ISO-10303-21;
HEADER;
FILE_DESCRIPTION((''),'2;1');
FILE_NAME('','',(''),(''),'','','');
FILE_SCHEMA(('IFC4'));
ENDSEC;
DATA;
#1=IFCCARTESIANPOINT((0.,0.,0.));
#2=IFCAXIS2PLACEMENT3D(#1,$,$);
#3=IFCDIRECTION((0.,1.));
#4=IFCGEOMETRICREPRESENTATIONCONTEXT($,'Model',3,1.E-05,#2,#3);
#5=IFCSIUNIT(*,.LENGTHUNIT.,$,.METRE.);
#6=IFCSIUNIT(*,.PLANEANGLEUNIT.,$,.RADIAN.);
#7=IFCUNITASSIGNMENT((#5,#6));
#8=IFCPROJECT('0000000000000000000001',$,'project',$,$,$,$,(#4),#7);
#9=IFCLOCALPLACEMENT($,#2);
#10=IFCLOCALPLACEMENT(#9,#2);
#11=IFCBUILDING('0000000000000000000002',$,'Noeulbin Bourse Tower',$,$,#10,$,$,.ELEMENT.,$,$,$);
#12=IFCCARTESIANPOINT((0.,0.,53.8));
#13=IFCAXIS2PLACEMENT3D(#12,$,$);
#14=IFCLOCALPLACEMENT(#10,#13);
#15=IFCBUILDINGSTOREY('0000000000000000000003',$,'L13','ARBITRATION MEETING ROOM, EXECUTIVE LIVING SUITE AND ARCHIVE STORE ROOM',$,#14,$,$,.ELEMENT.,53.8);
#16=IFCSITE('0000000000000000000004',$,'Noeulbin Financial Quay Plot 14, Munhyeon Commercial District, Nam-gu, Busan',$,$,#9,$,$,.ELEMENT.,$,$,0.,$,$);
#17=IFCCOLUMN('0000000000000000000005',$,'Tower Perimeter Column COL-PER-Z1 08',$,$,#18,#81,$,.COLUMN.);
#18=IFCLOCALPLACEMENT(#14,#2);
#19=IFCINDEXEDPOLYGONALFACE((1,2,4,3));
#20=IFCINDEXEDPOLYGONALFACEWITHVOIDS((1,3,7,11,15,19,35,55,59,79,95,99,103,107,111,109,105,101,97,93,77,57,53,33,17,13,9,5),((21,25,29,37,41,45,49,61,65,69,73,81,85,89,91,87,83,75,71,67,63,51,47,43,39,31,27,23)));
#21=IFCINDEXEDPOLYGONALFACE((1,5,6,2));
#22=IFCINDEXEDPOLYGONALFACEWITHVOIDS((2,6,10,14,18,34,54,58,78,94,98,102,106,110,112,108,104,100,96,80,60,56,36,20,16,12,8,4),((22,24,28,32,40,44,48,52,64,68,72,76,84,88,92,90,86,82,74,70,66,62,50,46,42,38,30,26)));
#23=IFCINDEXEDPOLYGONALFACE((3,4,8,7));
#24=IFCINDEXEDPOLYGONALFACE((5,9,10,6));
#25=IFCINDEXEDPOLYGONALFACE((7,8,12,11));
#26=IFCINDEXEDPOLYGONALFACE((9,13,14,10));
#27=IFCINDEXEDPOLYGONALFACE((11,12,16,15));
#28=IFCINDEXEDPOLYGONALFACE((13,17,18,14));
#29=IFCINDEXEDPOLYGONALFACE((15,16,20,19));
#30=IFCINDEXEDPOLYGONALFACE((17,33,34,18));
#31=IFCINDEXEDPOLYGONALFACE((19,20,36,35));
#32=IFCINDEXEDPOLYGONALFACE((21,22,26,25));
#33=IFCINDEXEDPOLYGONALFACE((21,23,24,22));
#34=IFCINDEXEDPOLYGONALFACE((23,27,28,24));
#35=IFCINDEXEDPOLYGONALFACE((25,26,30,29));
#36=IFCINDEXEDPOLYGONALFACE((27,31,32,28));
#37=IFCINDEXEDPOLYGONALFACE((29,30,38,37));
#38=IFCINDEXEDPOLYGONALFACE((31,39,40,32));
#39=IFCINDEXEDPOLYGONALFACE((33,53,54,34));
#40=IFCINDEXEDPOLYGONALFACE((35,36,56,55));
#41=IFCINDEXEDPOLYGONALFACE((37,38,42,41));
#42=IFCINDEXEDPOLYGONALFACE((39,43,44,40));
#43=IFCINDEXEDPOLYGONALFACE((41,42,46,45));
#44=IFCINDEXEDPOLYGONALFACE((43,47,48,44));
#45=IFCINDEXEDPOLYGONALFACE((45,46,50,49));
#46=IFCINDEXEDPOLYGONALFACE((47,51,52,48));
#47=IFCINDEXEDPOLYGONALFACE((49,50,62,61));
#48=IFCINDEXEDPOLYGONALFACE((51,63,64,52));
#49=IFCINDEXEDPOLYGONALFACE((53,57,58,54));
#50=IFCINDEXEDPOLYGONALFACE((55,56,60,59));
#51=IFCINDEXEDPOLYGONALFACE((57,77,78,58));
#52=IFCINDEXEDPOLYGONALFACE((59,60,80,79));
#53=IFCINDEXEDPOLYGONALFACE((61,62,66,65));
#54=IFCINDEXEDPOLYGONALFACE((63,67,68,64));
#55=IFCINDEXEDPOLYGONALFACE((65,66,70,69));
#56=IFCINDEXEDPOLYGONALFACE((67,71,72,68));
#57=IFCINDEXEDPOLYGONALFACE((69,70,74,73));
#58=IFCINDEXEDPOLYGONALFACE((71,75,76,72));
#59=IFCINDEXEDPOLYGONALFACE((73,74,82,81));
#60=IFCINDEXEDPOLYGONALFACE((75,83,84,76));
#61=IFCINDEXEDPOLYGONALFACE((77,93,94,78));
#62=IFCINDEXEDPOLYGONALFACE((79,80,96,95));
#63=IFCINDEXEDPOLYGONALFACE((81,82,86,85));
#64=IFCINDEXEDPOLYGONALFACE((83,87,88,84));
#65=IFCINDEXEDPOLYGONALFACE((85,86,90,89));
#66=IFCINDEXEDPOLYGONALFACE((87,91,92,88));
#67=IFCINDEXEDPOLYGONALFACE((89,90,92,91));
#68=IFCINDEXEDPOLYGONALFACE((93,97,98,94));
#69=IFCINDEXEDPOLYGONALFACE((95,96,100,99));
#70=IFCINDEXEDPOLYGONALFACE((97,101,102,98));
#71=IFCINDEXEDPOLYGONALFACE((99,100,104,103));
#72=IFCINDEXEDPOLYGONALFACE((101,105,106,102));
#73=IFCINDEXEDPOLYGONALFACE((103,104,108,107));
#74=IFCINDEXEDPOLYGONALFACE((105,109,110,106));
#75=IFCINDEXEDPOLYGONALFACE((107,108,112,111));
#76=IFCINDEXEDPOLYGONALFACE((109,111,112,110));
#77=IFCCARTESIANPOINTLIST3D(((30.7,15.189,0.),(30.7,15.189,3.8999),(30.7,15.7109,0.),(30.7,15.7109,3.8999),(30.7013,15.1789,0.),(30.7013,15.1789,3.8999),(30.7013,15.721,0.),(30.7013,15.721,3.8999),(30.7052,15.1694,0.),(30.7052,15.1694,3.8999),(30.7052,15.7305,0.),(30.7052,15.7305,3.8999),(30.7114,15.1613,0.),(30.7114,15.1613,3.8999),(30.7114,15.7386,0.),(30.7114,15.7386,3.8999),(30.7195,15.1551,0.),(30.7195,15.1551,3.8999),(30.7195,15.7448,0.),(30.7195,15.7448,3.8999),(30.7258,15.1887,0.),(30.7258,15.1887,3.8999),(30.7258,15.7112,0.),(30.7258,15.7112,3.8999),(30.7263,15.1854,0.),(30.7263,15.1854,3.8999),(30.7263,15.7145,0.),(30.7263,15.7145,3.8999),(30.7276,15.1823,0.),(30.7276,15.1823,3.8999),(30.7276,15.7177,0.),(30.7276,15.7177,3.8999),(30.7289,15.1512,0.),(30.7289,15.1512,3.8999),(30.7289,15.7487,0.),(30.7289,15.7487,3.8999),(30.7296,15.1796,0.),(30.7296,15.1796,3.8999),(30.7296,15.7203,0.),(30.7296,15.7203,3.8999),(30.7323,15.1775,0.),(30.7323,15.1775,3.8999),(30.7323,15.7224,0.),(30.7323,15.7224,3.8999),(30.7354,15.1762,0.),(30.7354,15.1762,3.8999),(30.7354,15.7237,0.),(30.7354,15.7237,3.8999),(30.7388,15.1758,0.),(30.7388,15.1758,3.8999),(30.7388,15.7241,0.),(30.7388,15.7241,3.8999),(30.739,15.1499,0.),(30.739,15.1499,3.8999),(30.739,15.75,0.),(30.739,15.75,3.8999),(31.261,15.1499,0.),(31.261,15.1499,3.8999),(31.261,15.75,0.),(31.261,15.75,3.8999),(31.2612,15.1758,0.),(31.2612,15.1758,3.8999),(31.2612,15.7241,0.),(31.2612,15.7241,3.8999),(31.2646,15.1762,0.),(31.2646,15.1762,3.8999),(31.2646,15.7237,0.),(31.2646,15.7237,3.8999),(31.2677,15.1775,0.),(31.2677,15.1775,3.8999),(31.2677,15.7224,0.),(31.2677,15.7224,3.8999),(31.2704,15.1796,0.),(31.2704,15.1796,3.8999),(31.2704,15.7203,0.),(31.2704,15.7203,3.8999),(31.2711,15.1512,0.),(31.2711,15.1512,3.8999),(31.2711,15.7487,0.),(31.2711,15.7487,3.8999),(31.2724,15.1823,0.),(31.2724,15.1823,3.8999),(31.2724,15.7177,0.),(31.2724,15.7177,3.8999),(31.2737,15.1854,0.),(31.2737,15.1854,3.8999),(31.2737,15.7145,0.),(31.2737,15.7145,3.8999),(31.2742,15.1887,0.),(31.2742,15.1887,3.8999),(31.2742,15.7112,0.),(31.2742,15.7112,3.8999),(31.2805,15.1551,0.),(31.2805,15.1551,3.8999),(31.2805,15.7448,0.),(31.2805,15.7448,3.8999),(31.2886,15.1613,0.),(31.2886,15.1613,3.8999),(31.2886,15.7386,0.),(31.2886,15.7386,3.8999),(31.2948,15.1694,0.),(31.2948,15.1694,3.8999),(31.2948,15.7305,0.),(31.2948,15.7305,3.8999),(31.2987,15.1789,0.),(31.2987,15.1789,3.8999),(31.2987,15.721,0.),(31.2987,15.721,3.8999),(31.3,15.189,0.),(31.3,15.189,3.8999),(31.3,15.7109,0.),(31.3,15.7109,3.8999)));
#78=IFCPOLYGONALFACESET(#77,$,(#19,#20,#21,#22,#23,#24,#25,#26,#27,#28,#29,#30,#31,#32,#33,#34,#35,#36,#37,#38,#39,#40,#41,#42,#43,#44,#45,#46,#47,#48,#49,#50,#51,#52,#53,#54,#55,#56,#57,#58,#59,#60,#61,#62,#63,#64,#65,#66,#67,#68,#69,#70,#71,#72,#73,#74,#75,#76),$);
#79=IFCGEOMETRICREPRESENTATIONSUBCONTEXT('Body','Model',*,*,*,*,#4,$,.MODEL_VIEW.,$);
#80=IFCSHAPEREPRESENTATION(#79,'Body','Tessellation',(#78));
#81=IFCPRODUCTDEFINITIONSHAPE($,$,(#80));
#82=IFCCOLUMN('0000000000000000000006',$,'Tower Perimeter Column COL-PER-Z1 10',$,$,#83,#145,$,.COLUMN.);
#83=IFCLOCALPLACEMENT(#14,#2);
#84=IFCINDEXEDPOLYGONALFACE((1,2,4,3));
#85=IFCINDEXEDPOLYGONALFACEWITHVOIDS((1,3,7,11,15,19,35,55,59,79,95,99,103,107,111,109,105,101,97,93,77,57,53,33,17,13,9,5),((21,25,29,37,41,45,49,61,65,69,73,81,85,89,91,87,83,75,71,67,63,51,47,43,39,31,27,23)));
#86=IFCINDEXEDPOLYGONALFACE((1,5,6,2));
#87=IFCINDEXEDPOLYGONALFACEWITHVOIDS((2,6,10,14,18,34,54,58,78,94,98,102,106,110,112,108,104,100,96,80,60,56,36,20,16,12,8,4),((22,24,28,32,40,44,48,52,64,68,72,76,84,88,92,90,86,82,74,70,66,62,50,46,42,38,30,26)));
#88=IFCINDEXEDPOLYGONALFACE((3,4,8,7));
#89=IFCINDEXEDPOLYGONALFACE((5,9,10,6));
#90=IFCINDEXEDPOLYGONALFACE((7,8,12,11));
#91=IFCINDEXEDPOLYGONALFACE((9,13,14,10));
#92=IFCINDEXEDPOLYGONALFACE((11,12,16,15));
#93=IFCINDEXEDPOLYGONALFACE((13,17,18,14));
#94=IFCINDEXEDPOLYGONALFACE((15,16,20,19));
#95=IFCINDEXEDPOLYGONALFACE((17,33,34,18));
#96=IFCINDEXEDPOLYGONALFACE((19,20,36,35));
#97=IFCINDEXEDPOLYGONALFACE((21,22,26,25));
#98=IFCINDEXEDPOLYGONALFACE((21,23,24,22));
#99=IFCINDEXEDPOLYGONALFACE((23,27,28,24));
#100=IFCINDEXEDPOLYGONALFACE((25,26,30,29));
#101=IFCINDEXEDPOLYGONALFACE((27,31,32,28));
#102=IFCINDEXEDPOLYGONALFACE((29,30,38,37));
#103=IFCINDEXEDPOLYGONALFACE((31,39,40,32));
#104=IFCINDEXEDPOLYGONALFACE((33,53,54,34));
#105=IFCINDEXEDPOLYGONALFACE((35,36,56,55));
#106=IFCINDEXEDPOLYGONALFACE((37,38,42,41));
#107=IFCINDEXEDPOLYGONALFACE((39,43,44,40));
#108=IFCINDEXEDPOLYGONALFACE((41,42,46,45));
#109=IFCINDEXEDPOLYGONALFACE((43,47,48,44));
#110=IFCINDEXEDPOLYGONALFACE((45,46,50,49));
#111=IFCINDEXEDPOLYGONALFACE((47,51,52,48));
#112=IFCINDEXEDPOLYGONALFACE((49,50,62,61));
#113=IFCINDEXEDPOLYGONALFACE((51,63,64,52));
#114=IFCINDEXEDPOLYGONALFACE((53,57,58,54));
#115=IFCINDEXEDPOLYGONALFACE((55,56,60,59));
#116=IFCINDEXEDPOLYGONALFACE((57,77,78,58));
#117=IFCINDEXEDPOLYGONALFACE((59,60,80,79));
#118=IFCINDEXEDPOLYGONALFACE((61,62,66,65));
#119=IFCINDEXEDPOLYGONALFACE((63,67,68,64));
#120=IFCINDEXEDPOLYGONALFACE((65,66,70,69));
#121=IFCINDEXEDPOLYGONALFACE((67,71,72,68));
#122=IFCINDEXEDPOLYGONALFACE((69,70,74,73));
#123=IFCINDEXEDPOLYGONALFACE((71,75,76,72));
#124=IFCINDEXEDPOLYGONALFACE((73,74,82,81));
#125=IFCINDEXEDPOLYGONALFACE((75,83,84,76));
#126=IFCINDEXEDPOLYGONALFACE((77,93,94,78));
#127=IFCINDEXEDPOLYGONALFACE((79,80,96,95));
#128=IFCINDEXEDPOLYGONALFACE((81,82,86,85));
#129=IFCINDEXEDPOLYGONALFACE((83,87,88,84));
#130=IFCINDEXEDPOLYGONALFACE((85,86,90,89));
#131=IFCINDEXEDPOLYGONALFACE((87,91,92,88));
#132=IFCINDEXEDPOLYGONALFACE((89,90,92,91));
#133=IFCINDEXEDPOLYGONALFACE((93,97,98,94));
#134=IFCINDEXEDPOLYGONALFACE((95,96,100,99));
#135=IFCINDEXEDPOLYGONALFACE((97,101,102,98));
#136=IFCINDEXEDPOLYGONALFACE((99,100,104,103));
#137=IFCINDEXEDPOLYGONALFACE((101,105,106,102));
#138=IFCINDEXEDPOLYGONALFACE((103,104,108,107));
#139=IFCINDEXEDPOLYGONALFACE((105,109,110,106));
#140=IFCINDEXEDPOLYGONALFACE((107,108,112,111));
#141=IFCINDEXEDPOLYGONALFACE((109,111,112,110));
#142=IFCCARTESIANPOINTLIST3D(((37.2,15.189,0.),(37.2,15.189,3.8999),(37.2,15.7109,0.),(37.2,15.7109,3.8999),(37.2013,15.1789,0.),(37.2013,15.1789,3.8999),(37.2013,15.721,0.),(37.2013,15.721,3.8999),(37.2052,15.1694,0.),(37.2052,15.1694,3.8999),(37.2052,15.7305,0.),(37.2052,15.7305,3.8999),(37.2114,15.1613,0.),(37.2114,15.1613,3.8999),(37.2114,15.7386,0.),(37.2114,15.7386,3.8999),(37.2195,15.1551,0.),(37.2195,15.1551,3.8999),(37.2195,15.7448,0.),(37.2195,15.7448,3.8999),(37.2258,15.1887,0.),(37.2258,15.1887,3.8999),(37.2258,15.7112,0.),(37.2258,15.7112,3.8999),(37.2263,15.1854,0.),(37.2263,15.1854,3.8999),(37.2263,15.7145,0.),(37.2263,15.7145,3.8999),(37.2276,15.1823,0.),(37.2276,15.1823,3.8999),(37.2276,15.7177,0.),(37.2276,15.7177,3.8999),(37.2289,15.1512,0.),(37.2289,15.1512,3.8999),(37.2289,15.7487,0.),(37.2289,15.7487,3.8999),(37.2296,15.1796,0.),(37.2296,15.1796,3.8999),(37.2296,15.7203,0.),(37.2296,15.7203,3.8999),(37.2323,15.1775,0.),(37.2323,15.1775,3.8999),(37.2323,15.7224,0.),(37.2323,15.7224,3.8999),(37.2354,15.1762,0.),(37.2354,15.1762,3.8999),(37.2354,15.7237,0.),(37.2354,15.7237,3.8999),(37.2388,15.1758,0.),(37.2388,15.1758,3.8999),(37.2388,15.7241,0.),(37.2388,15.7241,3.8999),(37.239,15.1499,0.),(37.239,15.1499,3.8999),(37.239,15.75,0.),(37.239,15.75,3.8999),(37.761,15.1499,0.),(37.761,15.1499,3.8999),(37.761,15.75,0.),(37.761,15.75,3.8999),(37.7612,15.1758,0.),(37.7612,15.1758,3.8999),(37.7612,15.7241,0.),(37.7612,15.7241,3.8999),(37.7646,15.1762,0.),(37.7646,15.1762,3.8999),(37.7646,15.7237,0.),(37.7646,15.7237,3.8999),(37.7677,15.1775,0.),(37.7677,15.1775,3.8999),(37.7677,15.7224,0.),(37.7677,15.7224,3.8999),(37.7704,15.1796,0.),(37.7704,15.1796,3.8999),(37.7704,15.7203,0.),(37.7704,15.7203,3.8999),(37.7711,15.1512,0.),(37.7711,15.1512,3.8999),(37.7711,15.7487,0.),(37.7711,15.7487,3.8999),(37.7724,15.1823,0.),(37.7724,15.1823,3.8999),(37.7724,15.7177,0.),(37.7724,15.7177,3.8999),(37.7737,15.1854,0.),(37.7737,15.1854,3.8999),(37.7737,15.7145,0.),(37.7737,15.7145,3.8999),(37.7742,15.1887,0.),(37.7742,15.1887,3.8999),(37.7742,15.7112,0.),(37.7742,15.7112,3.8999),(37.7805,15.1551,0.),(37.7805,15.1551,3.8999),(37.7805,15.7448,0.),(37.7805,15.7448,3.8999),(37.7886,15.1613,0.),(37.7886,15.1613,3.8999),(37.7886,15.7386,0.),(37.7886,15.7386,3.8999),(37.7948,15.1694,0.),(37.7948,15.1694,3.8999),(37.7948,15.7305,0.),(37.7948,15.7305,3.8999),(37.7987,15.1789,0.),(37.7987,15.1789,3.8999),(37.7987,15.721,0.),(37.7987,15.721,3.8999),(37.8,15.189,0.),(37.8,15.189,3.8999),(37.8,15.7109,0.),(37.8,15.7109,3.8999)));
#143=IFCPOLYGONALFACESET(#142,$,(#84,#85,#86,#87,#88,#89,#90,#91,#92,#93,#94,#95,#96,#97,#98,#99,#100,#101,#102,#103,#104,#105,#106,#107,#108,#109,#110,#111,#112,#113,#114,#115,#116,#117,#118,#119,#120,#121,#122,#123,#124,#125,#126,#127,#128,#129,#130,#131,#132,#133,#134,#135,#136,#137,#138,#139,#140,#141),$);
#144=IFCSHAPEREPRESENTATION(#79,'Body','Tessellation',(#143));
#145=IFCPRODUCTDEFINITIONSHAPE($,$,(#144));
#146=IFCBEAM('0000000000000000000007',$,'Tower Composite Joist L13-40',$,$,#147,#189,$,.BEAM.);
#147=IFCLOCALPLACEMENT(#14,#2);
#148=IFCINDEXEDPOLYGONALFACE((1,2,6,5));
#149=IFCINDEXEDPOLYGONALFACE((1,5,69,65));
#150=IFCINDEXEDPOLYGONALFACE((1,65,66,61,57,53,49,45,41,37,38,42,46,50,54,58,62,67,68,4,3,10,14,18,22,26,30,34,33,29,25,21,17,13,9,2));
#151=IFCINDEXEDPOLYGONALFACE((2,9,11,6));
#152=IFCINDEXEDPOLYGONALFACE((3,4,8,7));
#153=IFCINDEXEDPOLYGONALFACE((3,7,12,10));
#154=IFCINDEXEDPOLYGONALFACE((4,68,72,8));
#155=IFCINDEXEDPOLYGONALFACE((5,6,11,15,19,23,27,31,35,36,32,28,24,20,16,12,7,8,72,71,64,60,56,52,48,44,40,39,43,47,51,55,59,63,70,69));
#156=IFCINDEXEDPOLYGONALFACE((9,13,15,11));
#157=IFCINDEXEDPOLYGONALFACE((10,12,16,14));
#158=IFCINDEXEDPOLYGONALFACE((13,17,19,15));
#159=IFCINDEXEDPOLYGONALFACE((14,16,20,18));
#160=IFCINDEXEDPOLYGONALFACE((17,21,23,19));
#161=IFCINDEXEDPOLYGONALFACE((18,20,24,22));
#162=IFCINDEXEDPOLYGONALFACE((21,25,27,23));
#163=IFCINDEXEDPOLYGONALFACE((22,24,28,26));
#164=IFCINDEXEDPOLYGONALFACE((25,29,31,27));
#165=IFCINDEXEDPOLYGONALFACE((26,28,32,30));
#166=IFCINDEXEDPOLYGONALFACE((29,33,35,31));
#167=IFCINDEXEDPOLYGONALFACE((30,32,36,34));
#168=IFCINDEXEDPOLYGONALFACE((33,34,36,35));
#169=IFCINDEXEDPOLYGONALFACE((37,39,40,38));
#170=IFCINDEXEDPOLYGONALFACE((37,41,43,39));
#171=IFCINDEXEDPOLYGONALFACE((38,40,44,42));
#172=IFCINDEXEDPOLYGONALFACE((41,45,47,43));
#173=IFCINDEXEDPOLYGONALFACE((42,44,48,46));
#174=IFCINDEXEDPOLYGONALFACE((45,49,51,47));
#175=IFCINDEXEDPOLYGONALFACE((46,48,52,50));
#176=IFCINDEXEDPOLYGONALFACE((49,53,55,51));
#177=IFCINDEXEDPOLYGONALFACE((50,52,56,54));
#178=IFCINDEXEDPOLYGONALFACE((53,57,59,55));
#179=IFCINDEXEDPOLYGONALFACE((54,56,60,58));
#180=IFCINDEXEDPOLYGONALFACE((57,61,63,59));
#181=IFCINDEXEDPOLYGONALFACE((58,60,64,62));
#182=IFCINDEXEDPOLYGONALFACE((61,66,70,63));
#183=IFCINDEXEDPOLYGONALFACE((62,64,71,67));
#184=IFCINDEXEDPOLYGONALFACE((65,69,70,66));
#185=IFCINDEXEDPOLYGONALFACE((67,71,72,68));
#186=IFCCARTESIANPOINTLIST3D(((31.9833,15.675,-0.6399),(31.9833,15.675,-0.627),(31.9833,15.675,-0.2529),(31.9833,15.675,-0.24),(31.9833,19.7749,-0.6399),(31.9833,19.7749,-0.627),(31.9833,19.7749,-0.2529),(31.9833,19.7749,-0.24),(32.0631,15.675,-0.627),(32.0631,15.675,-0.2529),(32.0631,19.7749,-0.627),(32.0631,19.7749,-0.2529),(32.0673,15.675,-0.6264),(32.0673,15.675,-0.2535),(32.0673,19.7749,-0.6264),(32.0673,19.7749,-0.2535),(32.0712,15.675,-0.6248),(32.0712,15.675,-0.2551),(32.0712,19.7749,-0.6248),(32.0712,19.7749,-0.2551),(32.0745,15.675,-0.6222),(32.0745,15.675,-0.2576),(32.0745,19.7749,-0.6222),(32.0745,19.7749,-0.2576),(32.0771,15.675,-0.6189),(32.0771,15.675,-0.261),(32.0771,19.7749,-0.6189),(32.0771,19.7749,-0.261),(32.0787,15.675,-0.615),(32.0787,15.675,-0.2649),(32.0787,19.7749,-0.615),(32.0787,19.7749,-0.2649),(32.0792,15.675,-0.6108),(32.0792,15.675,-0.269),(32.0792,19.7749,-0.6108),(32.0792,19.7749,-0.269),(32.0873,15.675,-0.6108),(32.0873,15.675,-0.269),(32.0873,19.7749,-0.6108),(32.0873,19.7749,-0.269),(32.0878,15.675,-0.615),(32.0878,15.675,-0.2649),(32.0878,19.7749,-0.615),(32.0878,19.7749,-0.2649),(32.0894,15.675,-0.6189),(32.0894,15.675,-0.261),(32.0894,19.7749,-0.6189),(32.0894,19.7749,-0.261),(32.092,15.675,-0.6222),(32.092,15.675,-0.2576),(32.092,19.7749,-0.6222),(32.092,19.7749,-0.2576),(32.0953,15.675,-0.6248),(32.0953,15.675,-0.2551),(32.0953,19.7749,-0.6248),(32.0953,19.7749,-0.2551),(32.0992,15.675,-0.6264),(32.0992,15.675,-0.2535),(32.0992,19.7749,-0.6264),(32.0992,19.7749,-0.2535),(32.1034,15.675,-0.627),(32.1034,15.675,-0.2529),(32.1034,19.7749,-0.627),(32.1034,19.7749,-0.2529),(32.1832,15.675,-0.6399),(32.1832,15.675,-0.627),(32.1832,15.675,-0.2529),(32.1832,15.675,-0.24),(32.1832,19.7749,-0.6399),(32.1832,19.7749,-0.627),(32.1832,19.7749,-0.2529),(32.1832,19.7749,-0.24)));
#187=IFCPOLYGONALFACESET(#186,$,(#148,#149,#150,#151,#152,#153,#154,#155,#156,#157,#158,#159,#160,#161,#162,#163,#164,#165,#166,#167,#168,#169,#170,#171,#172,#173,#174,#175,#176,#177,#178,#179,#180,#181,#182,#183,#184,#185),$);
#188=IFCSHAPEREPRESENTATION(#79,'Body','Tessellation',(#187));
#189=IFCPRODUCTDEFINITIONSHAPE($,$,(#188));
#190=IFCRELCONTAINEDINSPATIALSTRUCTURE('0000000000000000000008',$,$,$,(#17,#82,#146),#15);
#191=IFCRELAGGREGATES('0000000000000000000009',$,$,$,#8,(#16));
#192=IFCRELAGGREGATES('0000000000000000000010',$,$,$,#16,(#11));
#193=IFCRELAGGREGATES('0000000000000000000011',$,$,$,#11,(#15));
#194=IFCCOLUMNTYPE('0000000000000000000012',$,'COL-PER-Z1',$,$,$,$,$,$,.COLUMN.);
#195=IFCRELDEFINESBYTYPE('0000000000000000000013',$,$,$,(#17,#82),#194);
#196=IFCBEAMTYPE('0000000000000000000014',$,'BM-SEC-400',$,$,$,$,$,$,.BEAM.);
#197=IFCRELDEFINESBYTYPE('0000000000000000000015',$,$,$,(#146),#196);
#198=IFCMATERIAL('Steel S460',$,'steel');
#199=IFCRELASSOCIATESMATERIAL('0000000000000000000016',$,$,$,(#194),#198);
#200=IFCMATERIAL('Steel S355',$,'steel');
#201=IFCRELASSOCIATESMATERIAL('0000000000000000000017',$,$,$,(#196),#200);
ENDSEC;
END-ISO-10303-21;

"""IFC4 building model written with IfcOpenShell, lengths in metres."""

from ifc_helpers import new_model, si_unit, direction, frame, origin, origin_2d, place, context, subcontext, project, spatial, hollow_rectangle, i_section, extrude, material, material_profile, profile_set, type_object, element, save


model = new_model("IFC4")

# Units and contexts
model_context = context("Model", 3, precision=1e-05, world=origin(), true_north=direction((0.0, 1.0)))
body_context = subcontext(model_context, "Body", "Model", "MODEL_VIEW")
ifc_project = project(units=[si_unit("LENGTHUNIT", "METRE"), si_unit("PLANEANGLEUNIT", "RADIAN")], contexts=[model_context])

# Site, building, storey
site_placement = place(None, origin())
site = spatial("IfcSite", under=ifc_project, at=site_placement, Name="Noeulbin Financial Quay Plot 14, Munhyeon Commercial District, Nam-gu, Busan", CompositionType="ELEMENT", RefElevation=0.0)
building_placement = place(site_placement, origin())
building = spatial("IfcBuilding", under=site, at=building_placement, Name="Noeulbin Bourse Tower", CompositionType="ELEMENT")
storey_placement = place(building_placement, frame((0.0, 0.0, 53.8)))
storey = spatial("IfcBuildingStorey", under=building, at=storey_placement, Name="L13", Description="ARBITRATION MEETING ROOM, EXECUTIVE LIVING SUITE AND ARCHIVE STORE ROOM", CompositionType="ELEMENT", Elevation=53.8)

# Columns
ifc_material_1 = material(Name="Steel S460", Category="steel")
ifc_material_profile_1 = material_profile(ifc_material_1, hollow_rectangle(XDim=0.6001, YDim=0.6001, WallThickness=0.0259, InnerFilletRadius=0.0129, OuterFilletRadius=0.0391, at=origin_2d()), Name="BOX-600x600x26", Category="LoadBearing")
ifc_profile_set_1 = profile_set([ifc_material_profile_1], Name="Steel S460")
column_type = type_object("IfcColumnType", Name="COL-PER-Z1", PredefinedType="COLUMN", material=ifc_profile_set_1)
for number, where, z_axis, x_axis, name in (
    (1, (31.0, 15.45, 0.0), (0.0, 0.0, 1.0), (1.0, 0.0, 0.0), "Tower Perimeter Column COL-PER-Z1 08"),
    (2, (37.5, 15.45, 0.0), (0.0, 0.0, 1.0), (1.0, 0.0, 0.0), "Tower Perimeter Column COL-PER-Z1 10"),
):
    element("IfcColumn", number, at=place(storey_placement, frame(where, z_axis=z_axis, x_axis=x_axis)), inside=storey, type_object=column_type, Name=name, PredefinedType="COLUMN", context=body_context, shape_type="SweptSolid", body=[
        extrude(hollow_rectangle(XDim=0.6001, YDim=0.6001, WallThickness=0.0259, InnerFilletRadius=0.0129, OuterFilletRadius=0.0391, at=origin_2d()), origin(), (0.0, 0.0, 1.0), 3.8999),
    ])

# Beam
ifc_material_2 = material(Name="Steel S355", Category="steel")
ifc_material_profile_2 = material_profile(ifc_material_2, i_section(OverallWidth=0.2, OverallDepth=0.3999, WebThickness=0.0081, FlangeThickness=0.0129, FilletRadius=0.0161, at=origin_2d()), Name="H-400x200x8x13", Category="LoadBearing")
ifc_profile_set_2 = profile_set([ifc_material_profile_2], Name="Steel S355")
beam_type_1 = type_object("IfcBeamType", Name="BM-SEC-400", PredefinedType="BEAM", material=ifc_profile_set_2)
for number, where, z_axis, x_axis, name in (
    (3, (32.0833, 15.675, -0.4399), (0.0, 1.0, 0.0), (-1.0, 0.0, 0.0), "Tower Composite Joist L13-40"),
):
    element("IfcBeam", number, at=place(storey_placement, frame(where, z_axis=z_axis, x_axis=x_axis)), inside=storey, type_object=beam_type_1, Name=name, PredefinedType="BEAM", context=body_context, shape_type="SweptSolid", body=[
        extrude(i_section(OverallWidth=0.2, OverallDepth=0.3999, WebThickness=0.0081, FlangeThickness=0.0129, FilletRadius=0.0161, at=origin_2d()), origin(), (0.0, 0.0, 1.0), 4.0999),
    ])

save(model, "model.ifc")
